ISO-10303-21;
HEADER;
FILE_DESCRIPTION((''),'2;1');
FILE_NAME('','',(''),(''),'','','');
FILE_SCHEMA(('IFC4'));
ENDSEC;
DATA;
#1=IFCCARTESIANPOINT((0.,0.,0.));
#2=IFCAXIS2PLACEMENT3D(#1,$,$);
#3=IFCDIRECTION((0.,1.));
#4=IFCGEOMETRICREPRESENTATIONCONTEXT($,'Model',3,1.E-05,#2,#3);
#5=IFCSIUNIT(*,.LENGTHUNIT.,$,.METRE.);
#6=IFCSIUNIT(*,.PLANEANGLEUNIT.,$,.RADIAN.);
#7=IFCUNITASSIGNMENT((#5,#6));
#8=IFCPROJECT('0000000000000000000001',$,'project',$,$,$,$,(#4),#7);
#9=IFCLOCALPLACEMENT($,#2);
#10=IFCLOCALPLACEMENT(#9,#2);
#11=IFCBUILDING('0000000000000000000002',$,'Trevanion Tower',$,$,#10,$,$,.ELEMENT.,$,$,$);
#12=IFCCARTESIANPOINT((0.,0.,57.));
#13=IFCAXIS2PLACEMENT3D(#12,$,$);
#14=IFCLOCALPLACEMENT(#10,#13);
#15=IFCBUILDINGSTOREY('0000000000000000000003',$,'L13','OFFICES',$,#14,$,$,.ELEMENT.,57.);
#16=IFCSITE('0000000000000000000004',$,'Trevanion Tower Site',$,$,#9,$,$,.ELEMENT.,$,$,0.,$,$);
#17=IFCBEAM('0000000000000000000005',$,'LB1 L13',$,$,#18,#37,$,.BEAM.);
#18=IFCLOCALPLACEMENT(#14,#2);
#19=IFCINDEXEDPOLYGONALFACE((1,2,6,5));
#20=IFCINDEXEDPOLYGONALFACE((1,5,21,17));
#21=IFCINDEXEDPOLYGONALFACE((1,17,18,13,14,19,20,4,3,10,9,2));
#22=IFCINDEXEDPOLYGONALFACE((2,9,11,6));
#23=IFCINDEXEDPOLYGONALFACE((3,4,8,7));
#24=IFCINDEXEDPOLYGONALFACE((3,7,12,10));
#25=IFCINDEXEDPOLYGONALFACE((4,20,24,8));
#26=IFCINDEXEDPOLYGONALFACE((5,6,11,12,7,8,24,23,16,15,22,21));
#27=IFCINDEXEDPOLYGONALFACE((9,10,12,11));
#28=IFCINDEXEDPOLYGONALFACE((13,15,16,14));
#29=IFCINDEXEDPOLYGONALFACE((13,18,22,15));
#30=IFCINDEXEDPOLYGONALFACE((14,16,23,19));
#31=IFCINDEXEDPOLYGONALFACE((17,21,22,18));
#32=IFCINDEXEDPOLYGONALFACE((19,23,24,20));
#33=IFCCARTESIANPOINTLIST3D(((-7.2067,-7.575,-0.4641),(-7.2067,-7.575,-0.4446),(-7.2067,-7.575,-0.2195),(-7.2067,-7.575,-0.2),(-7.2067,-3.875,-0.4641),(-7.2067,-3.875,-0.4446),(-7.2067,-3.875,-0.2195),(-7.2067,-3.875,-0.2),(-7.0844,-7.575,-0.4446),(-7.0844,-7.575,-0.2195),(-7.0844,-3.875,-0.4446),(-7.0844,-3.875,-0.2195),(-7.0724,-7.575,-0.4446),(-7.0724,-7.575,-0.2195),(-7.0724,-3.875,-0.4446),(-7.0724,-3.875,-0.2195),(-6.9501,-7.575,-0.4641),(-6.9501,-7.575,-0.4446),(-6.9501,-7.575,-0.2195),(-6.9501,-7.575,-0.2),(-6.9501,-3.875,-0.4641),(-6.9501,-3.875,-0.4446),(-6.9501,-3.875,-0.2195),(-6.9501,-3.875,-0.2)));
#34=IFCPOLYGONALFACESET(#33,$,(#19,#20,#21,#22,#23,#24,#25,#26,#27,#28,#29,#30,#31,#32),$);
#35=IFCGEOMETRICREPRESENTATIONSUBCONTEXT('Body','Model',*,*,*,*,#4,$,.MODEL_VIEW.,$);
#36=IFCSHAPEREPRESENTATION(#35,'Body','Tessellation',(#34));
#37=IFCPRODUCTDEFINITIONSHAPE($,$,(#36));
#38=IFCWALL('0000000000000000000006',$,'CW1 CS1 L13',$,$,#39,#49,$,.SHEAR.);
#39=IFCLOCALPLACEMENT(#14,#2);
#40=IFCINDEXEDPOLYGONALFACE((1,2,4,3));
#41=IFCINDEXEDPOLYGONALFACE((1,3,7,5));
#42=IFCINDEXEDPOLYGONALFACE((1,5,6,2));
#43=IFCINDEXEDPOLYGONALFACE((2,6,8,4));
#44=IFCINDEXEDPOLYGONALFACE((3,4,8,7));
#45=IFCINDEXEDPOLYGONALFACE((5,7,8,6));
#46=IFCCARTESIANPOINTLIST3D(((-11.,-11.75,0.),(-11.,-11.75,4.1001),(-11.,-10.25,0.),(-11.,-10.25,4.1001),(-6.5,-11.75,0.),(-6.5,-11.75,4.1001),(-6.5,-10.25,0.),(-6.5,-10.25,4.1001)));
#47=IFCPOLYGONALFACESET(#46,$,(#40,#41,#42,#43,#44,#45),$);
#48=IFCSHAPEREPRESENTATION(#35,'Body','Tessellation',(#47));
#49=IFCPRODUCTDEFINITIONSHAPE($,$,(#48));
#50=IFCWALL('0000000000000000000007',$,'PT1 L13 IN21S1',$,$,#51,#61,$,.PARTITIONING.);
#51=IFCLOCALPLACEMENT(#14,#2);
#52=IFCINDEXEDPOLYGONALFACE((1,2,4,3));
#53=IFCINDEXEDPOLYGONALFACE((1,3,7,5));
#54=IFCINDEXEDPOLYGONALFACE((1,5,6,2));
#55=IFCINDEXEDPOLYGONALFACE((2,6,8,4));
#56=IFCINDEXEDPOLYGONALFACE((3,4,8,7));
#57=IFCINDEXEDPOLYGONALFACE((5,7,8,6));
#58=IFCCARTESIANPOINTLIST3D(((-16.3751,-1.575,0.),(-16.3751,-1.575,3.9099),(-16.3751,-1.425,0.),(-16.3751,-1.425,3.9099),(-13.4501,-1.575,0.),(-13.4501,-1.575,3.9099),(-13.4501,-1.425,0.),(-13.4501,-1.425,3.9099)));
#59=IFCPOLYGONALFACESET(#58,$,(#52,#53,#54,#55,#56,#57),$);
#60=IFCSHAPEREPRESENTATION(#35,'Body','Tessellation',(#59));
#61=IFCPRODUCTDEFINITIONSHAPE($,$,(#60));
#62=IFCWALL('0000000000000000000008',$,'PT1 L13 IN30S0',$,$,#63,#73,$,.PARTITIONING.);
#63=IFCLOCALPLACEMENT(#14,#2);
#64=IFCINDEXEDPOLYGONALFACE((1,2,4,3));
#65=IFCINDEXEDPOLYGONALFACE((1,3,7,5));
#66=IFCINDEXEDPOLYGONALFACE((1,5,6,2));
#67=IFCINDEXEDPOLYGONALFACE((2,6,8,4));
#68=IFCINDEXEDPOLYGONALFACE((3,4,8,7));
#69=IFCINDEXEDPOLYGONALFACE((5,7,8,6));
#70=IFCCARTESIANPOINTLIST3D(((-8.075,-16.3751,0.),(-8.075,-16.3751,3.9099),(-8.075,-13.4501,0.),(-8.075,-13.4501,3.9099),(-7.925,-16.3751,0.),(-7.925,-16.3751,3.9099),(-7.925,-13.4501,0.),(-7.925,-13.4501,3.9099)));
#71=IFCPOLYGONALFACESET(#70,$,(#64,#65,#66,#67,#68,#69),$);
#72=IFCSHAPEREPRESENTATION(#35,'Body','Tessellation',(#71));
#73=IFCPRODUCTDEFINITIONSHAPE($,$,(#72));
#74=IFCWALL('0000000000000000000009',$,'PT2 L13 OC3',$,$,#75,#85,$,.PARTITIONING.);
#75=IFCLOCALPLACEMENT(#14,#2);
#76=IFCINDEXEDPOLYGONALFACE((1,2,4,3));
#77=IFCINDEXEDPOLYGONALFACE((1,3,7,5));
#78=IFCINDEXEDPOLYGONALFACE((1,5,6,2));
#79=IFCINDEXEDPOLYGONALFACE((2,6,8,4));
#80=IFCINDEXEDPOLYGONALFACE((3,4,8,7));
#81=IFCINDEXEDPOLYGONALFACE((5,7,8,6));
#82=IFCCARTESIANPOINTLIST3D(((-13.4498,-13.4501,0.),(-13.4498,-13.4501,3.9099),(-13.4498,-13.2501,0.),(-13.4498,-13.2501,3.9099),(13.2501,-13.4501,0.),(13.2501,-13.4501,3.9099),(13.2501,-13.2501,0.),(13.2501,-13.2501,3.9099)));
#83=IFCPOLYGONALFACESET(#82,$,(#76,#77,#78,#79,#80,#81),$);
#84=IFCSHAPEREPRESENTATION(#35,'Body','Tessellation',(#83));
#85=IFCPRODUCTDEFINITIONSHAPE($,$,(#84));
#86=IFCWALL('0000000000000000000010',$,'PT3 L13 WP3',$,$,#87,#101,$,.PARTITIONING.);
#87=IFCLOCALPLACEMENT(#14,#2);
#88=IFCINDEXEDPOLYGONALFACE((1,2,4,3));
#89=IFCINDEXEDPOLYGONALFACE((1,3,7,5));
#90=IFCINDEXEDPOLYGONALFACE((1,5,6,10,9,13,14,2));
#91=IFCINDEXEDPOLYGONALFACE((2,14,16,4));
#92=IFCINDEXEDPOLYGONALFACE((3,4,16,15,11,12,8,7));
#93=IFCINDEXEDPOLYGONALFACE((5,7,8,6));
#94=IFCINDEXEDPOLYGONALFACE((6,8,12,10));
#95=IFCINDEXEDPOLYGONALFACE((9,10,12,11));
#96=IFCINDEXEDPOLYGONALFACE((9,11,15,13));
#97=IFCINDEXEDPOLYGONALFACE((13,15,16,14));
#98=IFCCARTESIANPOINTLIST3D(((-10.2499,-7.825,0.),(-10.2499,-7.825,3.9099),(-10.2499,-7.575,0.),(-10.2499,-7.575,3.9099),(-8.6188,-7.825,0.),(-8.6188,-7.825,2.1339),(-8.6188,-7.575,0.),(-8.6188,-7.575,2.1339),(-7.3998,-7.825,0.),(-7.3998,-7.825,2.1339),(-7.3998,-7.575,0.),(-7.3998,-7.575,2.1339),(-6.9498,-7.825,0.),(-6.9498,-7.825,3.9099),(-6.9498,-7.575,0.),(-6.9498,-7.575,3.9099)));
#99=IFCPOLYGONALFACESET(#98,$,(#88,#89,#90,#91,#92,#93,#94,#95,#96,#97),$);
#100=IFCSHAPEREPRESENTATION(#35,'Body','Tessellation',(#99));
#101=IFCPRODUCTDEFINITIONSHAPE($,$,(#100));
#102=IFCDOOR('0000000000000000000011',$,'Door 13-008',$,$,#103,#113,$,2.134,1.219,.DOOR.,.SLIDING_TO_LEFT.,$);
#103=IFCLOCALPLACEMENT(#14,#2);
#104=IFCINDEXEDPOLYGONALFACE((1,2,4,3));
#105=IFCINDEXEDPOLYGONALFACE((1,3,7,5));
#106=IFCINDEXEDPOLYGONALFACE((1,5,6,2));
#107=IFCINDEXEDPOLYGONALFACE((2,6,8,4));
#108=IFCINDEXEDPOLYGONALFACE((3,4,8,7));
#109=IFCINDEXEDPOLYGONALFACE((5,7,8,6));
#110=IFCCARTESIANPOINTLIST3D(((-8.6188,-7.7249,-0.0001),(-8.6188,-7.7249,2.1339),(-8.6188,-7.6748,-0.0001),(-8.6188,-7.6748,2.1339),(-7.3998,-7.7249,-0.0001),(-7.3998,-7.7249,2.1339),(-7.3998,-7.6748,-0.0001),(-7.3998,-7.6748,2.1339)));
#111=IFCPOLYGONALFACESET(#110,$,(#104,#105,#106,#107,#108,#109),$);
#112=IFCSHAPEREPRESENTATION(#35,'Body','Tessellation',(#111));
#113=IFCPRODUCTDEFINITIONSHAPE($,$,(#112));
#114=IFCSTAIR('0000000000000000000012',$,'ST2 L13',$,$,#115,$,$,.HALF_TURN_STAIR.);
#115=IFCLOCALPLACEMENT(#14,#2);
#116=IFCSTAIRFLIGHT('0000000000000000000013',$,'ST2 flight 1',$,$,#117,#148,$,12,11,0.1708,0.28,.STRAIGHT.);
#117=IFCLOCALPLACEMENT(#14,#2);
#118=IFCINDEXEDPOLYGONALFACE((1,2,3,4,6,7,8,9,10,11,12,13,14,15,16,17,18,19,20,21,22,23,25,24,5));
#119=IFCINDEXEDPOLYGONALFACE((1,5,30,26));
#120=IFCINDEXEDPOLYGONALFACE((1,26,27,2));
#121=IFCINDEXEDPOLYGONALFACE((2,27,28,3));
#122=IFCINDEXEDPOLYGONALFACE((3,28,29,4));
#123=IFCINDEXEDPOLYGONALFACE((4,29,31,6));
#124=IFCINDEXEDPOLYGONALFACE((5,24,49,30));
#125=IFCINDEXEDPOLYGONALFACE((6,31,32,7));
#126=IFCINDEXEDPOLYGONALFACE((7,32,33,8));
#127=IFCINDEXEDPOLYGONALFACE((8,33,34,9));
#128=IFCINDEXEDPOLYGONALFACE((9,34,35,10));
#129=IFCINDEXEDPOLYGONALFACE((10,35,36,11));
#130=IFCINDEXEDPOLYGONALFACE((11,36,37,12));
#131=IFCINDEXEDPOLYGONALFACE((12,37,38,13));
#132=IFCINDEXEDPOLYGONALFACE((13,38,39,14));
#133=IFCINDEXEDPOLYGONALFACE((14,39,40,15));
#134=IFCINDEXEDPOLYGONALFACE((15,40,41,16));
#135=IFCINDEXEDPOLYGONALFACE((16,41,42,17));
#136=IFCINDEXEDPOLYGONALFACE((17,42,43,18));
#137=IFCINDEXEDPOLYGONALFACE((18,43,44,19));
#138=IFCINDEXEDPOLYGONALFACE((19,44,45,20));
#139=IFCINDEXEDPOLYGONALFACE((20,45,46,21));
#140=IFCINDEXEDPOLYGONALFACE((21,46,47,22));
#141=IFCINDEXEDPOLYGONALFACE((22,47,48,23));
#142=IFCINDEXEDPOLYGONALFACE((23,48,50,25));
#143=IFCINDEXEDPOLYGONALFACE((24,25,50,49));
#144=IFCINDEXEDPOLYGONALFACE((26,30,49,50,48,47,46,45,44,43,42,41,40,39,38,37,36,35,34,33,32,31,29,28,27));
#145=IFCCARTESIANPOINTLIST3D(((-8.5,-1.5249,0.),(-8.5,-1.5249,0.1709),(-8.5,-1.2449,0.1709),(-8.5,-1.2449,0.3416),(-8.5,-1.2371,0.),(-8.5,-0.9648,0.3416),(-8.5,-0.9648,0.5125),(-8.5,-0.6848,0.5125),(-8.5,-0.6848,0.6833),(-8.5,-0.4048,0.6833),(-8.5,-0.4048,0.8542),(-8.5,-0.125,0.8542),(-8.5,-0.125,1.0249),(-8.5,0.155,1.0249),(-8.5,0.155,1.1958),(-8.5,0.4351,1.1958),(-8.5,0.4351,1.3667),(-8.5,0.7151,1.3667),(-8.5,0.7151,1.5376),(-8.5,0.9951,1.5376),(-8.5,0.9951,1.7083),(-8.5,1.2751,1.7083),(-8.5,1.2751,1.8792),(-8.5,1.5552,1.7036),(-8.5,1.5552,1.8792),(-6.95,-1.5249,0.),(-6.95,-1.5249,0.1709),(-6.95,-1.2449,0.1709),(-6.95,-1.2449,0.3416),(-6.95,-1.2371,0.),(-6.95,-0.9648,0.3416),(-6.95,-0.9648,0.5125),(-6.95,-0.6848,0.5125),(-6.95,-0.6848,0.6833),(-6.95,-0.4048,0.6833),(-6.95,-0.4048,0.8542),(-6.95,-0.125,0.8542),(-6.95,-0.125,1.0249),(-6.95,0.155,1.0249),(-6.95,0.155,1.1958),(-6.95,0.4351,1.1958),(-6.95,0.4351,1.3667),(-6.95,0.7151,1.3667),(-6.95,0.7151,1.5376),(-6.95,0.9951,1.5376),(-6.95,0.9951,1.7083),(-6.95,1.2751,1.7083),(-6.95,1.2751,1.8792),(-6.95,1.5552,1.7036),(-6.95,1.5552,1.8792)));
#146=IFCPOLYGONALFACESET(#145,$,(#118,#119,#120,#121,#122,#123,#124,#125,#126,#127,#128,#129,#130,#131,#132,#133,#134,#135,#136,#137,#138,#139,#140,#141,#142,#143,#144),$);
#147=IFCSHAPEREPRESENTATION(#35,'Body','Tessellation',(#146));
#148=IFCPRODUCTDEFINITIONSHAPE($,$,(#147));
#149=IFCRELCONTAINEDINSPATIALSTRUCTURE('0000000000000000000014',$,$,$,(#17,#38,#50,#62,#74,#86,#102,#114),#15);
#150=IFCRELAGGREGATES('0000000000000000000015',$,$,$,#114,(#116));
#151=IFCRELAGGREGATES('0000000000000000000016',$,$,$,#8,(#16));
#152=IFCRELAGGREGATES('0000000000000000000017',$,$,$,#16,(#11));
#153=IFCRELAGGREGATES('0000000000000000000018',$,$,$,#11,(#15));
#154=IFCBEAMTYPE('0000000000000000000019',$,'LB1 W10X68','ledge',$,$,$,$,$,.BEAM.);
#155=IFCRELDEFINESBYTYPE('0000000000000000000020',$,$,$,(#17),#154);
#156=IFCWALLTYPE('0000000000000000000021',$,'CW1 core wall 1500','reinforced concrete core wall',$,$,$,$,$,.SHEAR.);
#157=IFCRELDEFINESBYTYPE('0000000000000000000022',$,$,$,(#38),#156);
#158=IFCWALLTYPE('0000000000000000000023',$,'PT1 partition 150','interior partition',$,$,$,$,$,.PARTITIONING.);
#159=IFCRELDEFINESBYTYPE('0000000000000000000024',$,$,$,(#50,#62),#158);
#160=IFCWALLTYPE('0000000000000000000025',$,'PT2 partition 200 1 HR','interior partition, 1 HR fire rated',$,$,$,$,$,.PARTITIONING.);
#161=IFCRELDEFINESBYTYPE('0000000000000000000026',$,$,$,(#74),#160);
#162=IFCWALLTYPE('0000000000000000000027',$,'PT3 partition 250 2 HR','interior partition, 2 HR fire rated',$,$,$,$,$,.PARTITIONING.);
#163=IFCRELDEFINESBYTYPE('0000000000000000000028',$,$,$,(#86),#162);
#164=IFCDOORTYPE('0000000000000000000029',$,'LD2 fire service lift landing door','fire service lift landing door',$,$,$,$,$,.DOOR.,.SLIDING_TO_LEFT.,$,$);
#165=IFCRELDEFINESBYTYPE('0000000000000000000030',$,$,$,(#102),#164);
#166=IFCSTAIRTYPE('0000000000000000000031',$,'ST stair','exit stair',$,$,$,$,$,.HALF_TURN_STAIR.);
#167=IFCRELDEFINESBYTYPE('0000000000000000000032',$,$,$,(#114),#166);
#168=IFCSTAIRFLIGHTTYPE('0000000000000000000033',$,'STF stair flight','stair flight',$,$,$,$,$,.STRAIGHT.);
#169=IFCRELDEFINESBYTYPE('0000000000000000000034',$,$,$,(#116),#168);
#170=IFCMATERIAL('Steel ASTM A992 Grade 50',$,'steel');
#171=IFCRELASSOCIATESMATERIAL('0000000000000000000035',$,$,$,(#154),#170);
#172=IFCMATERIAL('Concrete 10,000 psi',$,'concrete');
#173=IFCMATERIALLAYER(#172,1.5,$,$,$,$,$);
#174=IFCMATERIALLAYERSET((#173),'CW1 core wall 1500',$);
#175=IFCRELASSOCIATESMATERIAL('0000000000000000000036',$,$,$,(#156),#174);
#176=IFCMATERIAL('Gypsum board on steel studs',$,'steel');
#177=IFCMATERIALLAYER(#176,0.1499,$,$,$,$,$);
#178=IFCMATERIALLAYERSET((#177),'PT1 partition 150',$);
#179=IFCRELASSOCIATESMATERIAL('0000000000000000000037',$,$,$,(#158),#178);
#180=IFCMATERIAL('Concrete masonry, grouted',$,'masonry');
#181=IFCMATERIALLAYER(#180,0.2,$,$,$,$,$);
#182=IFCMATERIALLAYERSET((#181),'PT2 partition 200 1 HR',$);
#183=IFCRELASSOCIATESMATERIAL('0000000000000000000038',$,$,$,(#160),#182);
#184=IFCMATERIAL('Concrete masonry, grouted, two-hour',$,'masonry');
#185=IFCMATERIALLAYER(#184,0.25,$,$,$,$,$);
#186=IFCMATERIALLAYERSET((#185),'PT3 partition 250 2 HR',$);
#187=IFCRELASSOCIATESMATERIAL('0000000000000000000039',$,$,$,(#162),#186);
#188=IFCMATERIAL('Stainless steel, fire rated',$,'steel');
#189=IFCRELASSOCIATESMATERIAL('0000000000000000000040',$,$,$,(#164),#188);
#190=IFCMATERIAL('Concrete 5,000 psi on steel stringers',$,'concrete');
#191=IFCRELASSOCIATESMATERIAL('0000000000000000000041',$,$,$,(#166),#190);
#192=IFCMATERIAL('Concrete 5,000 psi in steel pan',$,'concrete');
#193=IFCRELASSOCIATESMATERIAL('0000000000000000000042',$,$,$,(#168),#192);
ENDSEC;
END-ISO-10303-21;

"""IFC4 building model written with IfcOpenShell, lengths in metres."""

from ifc_helpers import new_model, si_unit, direction, frame, frame_2d, origin, origin_2d, place, context, subcontext, project, spatial, polyline, rectangle, i_section, outline, extrude, material, layer, layer_set, material_profile, profile_set, type_object, element, fill, aggregate, save


model = new_model("IFC4")

# Units and contexts
model_context = context("Model", 3, precision=1e-05, world=origin(), true_north=direction((0.0, 1.0)))
body_context = subcontext(model_context, "Body", "Model", "MODEL_VIEW")
ifc_project = project(units=[si_unit("LENGTHUNIT", "METRE"), si_unit("PLANEANGLEUNIT", "RADIAN")], contexts=[model_context])

# Site, building, storey
site_placement = place(None, origin())
site = spatial("IfcSite", under=ifc_project, at=site_placement, Name="Trevanion Tower Site", CompositionType="ELEMENT", RefElevation=0.0)
building_placement = place(site_placement, origin())
building = spatial("IfcBuilding", under=site, at=building_placement, Name="Trevanion Tower", CompositionType="ELEMENT")
storey_placement = place(building_placement, frame((0.0, 0.0, 57.0)))
storey = spatial("IfcBuildingStorey", under=building, at=storey_placement, Name="L13", Description="OFFICES", CompositionType="ELEMENT", Elevation=57.0)

# Beam
ifc_material_1 = material(Name="Steel ASTM A992 Grade 50", Category="steel")
ifc_material_profile_1 = material_profile(ifc_material_1, i_section(OverallWidth=0.2566, OverallDepth=0.2642, WebThickness=0.012, FlangeThickness=0.0195, at=origin_2d()), Name="W10X68")
ifc_profile_set_1 = profile_set([ifc_material_profile_1], Name="Steel ASTM A992 Grade 50")
beam_type_1 = type_object("IfcBeamType", Name="LB1 W10X68", Description="ledge", PredefinedType="BEAM", material=ifc_profile_set_1)
for number, where, z_axis, x_axis, name in (
    (1, (-7.0784, -7.575, -0.332), (0.0, 1.0, 0.0), (-1.0, 0.0, 0.0), "LB1 L13"),
):
    element("IfcBeam", number, at=place(storey_placement, frame(where, z_axis=z_axis, x_axis=x_axis)), inside=storey, type_object=beam_type_1, Name=name, PredefinedType="BEAM", context=body_context, shape_type="SweptSolid", body=[
        extrude(i_section(OverallWidth=0.2566, OverallDepth=0.2642, WebThickness=0.012, FlangeThickness=0.0195, at=origin_2d()), origin(), (0.0, 0.0, 1.0), 3.7),
    ])

# Walls
ifc_material_2 = material(Name="Concrete 10,000 psi", Category="concrete")
ifc_layer_1 = layer(ifc_material_2, 1.5)
ifc_layer_set_1 = layer_set([ifc_layer_1], Name="CW1 core wall 1500")
wall_type_1 = type_object("IfcWallType", Name="CW1 core wall 1500", Description="reinforced concrete core wall", PredefinedType="SHEAR", material=ifc_layer_set_1)
wall_1_placement = place(storey_placement, frame((-11.0, -11.0, 0.0), z_axis=(0.0, 0.0, 1.0), x_axis=(1.0, 0.0, 0.0)))
element("IfcWall", 2, at=wall_1_placement, inside=storey, type_object=wall_type_1, Name="CW1 CS1 L13", PredefinedType="SHEAR", context=body_context, shape_type="SweptSolid", body=[
    extrude(rectangle(XDim=4.5, YDim=1.5, at=frame_2d((2.25, 0.0))), origin(), (0.0, 0.0, 1.0), 4.1001),
])
ifc_material_3 = material(Name="Gypsum board on steel studs", Category="steel")
ifc_layer_2 = layer(ifc_material_3, 0.1499)
ifc_layer_set_2 = layer_set([ifc_layer_2], Name="PT1 partition 150")
wall_type_2 = type_object("IfcWallType", Name="PT1 partition 150", Description="interior partition", PredefinedType="PARTITIONING", material=ifc_layer_set_2)
for number, where, z_axis, x_axis, name in (
    (3, (-16.375, -1.5, 0.0), (0.0, 0.0, 1.0), (1.0, 0.0, 0.0), "PT1 L13 IN21S1"),
    (4, (-8.0, -16.375, 0.0), (0.0, 0.0, 1.0), (0.0, 1.0, 0.0), "PT1 L13 IN30S0"),
):
    element("IfcWall", number, at=place(storey_placement, frame(where, z_axis=z_axis, x_axis=x_axis)), inside=storey, type_object=wall_type_2, Name=name, PredefinedType="PARTITIONING", context=body_context, shape_type="SweptSolid", body=[
        extrude(rectangle(XDim=2.925, YDim=0.1499, at=frame_2d((1.4624, 0.0))), origin(), (0.0, 0.0, 1.0), 3.9099),
    ])
ifc_material_4 = material(Name="Concrete masonry, grouted", Category="masonry")
ifc_layer_3 = layer(ifc_material_4, 0.2)
ifc_layer_set_3 = layer_set([ifc_layer_3], Name="PT2 partition 200 1 HR")
wall_type_3 = type_object("IfcWallType", Name="PT2 partition 200 1 HR", Description="interior partition, 1 HR fire rated", PredefinedType="PARTITIONING", material=ifc_layer_set_3)
wall_2_placement = place(storey_placement, frame((-13.45, -13.3501, 0.0), z_axis=(0.0, 0.0, 1.0), x_axis=(1.0, 0.0, 0.0)))
element("IfcWall", 5, at=wall_2_placement, inside=storey, type_object=wall_type_3, Name="PT2 L13 OC3", PredefinedType="PARTITIONING", context=body_context, shape_type="SweptSolid", body=[
    extrude(rectangle(XDim=26.7, YDim=0.2, at=frame_2d((13.3501, 0.0))), origin(), (0.0, 0.0, 1.0), 3.9099),
])

# Wall, opening, door
ifc_material_5 = material(Name="Concrete masonry, grouted, two-hour", Category="masonry")
ifc_layer_4 = layer(ifc_material_5, 0.25)
ifc_layer_set_4 = layer_set([ifc_layer_4], Name="PT3 partition 250 2 HR")
wall_type_4 = type_object("IfcWallType", Name="PT3 partition 250 2 HR", Description="interior partition, 2 HR fire rated", PredefinedType="PARTITIONING", material=ifc_layer_set_4)
wall_3_placement = place(storey_placement, frame((-6.95, -7.7, 0.0), z_axis=(0.0, 0.0, 1.0), x_axis=(-1.0, 0.0, 0.0)))
wall_3 = element("IfcWall", 6, at=wall_3_placement, inside=storey, type_object=wall_type_4, Name="PT3 L13 WP3", PredefinedType="PARTITIONING", context=body_context, shape_type="SweptSolid", body=[
    extrude(rectangle(XDim=3.3, YDim=0.25, at=frame_2d((1.6499, 0.0))), origin(), (0.0, 0.0, 1.0), 3.9099),
])
opening_placement = place(wall_3_placement, frame((0.45, 0.0, 0.0)))
opening = element("IfcOpeningElement", 7, at=opening_placement, cuts=wall_3, PredefinedType="OPENING", context=body_context, shape_type="SweptSolid", body=[
    extrude(rectangle(XDim=1.219, YDim=2.134, at=frame_2d((0.6094, 1.0669))), frame((0.0, 0.135, 0.0), z_axis=(0.0, -1.0, 0.0), x_axis=(1.0, 0.0, 0.0)), (0.0, 0.0, 1.0), 0.27),
])
ifc_material_6 = material(Name="Stainless steel, fire rated", Category="steel")
door_type = type_object("IfcDoorType", Name="LD2 fire service lift landing door", Description="fire service lift landing door", OperationType="SLIDING_TO_LEFT", PredefinedType="DOOR", material=ifc_material_6)
door_placement = place(opening_placement, origin())
door = element("IfcDoor", 8, at=door_placement, inside=storey, type_object=door_type, Name="Door 13-008", OperationType="SLIDING_TO_LEFT", OverallHeight=2.134, OverallWidth=1.219, PredefinedType="DOOR", context=body_context, shape_type="SweptSolid", body=[
    extrude(rectangle(XDim=1.219, YDim=2.134, at=frame_2d((0.6094, 1.0669))), frame((0.0, 0.0249, 0.0), z_axis=(0.0, -1.0, 0.0), x_axis=(1.0, 0.0, 0.0)), (0.0, 0.0, 1.0), 0.05),
])
fill(opening, door)

# Stair, stair flight
ifc_material_7 = material(Name="Concrete 5,000 psi on steel stringers", Category="concrete")
stair_type = type_object("IfcStairType", Name="ST stair", Description="exit stair", PredefinedType="HALF_TURN_STAIR", material=ifc_material_7)
stair_placement = place(storey_placement, origin())
stair = element("IfcStair", 9, at=stair_placement, inside=storey, type_object=stair_type, Name="ST2 L13", PredefinedType="HALF_TURN_STAIR")
ifc_material_8 = material(Name="Concrete 5,000 psi in steel pan", Category="concrete")
stair_flight_type = type_object("IfcStairFlightType", Name="STF stair flight", Description="stair flight", PredefinedType="STRAIGHT", material=ifc_material_8)
stair_flight_placement = place(storey_placement, frame((-7.7251, -1.5249, 0.0), z_axis=(0.0, 0.0, 1.0), x_axis=(0.0, 1.0, 0.0)))
stair_flight = element("IfcStairFlight", 10, at=stair_flight_placement, type_object=stair_flight_type, Name="ST2 flight 1", NumberOfRisers=12, NumberOfTreads=11, PredefinedType="STRAIGHT", RiserHeight=0.1708, TreadLength=0.28, context=body_context, shape_type="SweptSolid", body=[
    extrude(outline(polyline([(0.0, 0.0), (0.0, 0.1709), (0.28, 0.1709), (0.28, 0.3416), (0.5601, 0.3416), (0.5601, 0.5125), (0.8401, 0.5125), (0.8401, 0.6833), (1.1201, 0.6833), (1.1201, 0.8542), (1.3999, 0.8542), (1.3999, 1.0249), (1.6799, 1.0249), (1.6799, 1.1958), (1.96, 1.1958), (1.96, 1.3667), (2.24, 1.3667), (2.24, 1.5376), (2.52, 1.5376), (2.52, 1.7083), (2.8, 1.7083), (2.8, 1.8792), (3.0801, 1.8792), (3.0801, 2.05), (3.0801, 1.7036), (0.2878, 0.0), (0.0, 0.0)])), frame((0.0, 0.7749, 0.0), z_axis=(0.0, -1.0, 0.0), x_axis=(1.0, 0.0, 0.0)), (0.0, 0.0, 1.0), 1.55),
])
aggregate(stair, [stair_flight])

save(model, "model.ifc")
